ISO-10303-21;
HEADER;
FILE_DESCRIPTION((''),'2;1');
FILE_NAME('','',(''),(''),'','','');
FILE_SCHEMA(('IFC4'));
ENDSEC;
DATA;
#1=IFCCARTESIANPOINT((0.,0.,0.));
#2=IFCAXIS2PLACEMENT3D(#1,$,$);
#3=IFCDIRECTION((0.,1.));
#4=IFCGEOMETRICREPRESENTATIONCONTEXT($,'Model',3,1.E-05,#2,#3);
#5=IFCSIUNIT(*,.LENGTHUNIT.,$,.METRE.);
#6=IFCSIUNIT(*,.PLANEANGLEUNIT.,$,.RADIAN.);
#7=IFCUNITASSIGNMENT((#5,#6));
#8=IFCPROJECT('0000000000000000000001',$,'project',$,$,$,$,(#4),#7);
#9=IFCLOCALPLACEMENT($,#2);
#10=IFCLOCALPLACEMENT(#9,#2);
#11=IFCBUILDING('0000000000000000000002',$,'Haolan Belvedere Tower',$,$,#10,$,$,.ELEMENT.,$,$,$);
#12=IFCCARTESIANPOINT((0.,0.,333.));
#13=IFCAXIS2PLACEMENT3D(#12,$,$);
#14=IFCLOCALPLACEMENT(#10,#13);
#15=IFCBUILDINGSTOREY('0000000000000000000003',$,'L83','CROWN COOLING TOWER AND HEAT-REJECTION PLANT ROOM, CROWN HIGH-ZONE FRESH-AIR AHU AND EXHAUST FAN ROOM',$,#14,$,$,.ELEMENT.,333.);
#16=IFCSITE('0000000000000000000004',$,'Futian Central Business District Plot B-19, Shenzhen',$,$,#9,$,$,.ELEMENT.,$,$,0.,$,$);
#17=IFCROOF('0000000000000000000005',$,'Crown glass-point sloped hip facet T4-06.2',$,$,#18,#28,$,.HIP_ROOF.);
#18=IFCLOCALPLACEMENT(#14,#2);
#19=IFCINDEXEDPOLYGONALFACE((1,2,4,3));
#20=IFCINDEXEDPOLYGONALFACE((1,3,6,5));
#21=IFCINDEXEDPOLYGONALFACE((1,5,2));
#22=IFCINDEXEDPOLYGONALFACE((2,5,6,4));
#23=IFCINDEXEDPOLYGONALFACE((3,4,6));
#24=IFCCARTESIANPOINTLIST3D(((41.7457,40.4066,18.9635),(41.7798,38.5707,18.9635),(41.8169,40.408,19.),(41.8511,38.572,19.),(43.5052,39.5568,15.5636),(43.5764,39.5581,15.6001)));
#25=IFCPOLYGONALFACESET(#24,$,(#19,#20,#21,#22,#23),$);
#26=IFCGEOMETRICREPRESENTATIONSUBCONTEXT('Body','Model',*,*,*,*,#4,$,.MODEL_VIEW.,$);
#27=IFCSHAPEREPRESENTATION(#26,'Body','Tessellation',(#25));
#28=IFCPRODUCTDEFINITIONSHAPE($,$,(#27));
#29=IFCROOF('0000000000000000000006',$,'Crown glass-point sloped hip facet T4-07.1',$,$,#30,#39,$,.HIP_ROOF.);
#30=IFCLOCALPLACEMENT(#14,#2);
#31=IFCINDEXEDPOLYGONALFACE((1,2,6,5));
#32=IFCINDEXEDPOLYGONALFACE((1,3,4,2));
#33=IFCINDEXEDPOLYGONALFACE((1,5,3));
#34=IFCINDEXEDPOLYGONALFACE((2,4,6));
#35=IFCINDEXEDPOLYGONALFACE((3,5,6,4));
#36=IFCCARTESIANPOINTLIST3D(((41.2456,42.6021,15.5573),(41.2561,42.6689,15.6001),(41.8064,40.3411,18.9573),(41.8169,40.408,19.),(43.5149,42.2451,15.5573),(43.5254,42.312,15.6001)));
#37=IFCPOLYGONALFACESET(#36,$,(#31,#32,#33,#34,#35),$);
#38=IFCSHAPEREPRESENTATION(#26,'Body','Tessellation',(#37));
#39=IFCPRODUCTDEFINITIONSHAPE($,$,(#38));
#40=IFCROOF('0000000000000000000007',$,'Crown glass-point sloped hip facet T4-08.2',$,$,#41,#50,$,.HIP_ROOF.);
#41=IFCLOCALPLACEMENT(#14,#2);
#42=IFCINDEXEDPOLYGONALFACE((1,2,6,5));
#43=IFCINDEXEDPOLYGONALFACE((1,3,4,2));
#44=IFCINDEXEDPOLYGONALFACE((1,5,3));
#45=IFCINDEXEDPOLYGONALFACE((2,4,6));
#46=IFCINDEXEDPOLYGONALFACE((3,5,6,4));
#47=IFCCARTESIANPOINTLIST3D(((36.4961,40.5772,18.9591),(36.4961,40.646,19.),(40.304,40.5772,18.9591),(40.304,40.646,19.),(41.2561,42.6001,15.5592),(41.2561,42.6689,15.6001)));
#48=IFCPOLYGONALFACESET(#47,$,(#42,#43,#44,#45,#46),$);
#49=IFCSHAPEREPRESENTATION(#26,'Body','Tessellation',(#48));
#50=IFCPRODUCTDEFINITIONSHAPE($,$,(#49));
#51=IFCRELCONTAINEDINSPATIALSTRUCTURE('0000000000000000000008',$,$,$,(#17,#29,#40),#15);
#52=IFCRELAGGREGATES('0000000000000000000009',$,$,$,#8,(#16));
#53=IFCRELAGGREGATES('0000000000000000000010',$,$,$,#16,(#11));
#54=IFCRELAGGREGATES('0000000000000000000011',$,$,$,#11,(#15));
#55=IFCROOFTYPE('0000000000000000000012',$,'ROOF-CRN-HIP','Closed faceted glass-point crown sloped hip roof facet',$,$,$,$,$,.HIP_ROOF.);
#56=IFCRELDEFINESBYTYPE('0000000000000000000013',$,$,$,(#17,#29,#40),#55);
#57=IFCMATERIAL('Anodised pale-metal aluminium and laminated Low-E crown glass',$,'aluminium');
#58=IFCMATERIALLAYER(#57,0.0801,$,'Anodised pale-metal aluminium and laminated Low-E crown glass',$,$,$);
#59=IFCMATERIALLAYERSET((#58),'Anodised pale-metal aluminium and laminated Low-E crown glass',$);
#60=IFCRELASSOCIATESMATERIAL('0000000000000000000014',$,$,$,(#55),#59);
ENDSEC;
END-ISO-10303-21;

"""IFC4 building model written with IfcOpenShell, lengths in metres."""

from ifc_helpers import new_model, si_unit, direction, frame, origin, place, context, subcontext, project, spatial, polyline, outline, extrude, material, layer, layer_set, type_object, element, save


model = new_model("IFC4")

# Units and contexts
model_context = context("Model", 3, precision=1e-05, world=origin(), true_north=direction((0.0, 1.0)))
body_context = subcontext(model_context, "Body", "Model", "MODEL_VIEW")
ifc_project = project(units=[si_unit("LENGTHUNIT", "METRE"), si_unit("PLANEANGLEUNIT", "RADIAN")], contexts=[model_context])

# Site, building, storey
site_placement = place(None, origin())
site = spatial("IfcSite", under=ifc_project, at=site_placement, Name="Futian Central Business District Plot B-19, Shenzhen", CompositionType="ELEMENT", RefElevation=0.0)
building_placement = place(site_placement, origin())
building = spatial("IfcBuilding", under=site, at=building_placement, Name="Haolan Belvedere Tower", CompositionType="ELEMENT")
storey_placement = place(building_placement, frame((0.0, 0.0, 333.0)))
storey = spatial("IfcBuildingStorey", under=building, at=storey_placement, Name="L83", Description="CROWN COOLING TOWER AND HEAT-REJECTION PLANT ROOM, CROWN HIGH-ZONE FRESH-AIR AHU AND EXHAUST FAN ROOM", CompositionType="ELEMENT", Elevation=333.0)

# Roofs
ifc_material_1 = material(Name="Anodised pale-metal aluminium and laminated Low-E crown glass", Category="aluminium")
ifc_layer_1 = layer(ifc_material_1, 0.0801, Name="Anodised pale-metal aluminium and laminated Low-E crown glass")
ifc_layer_set_1 = layer_set([ifc_layer_1], Name="Anodised pale-metal aluminium and laminated Low-E crown glass")
roof_type_1 = type_object("IfcRoofType", Name="ROOF-CRN-HIP", Description="Closed faceted glass-point crown sloped hip roof facet", PredefinedType="HIP_ROOF", material=ifc_layer_set_1)
roof_1_placement = place(storey_placement, frame((43.5764, 39.5581, 15.6001), z_axis=(0.889678, 0.016563, 0.456287), x_axis=(-0.448695, 0.216721, 0.867009)))
element("IfcRoof", 1, at=roof_1_placement, inside=storey, type_object=roof_type_1, Name="Crown glass-point sloped hip facet T4-06.2", PredefinedType="HIP_ROOF", context=body_context, shape_type="SweptSolid", body=[
    extrude(outline(polyline([(0.0, 0.0), (3.9214, 0.0), (3.5082, 1.7892), (0.0, 0.0)])), origin(), (0.0, 0.0, -1.0), 0.0801),
])
roof_2_placement = place(storey_placement, frame((43.5254, 42.312, 15.6001), z_axis=(0.131387, 0.835322, 0.53383), x_axis=(-0.987855, 0.155379, 0.0)))
element("IfcRoof", 2, at=roof_2_placement, inside=storey, type_object=roof_type_1, Name="Crown glass-point sloped hip facet T4-07.1", PredefinedType="HIP_ROOF", context=body_context, shape_type="SweptSolid", body=[
    extrude(outline(polyline([(0.0, 0.0), (2.2972, 0.0), (1.3919, 4.0207), (0.0, 0.0)])), origin(), (0.0, 0.0, -1.0), 0.0801),
])
roof_3_placement = place(storey_placement, frame((41.2561, 42.6689, 15.6001), z_axis=(0.0, 0.859382, 0.511334), x_axis=(-0.769052, -0.326838, 0.549306)))
element("IfcRoof", 3, at=roof_3_placement, inside=storey, type_object=roof_type_1, Name="Crown glass-point sloped hip facet T4-08.2", PredefinedType="HIP_ROOF", context=body_context, shape_type="SweptSolid", body=[
    extrude(outline(polyline([(0.0, 0.0), (6.1895, 0.0), (3.261, 2.4339), (0.0, 0.0)])), origin(), (0.0, 0.0, -1.0), 0.0801),
])

save(model, "model.ifc")
